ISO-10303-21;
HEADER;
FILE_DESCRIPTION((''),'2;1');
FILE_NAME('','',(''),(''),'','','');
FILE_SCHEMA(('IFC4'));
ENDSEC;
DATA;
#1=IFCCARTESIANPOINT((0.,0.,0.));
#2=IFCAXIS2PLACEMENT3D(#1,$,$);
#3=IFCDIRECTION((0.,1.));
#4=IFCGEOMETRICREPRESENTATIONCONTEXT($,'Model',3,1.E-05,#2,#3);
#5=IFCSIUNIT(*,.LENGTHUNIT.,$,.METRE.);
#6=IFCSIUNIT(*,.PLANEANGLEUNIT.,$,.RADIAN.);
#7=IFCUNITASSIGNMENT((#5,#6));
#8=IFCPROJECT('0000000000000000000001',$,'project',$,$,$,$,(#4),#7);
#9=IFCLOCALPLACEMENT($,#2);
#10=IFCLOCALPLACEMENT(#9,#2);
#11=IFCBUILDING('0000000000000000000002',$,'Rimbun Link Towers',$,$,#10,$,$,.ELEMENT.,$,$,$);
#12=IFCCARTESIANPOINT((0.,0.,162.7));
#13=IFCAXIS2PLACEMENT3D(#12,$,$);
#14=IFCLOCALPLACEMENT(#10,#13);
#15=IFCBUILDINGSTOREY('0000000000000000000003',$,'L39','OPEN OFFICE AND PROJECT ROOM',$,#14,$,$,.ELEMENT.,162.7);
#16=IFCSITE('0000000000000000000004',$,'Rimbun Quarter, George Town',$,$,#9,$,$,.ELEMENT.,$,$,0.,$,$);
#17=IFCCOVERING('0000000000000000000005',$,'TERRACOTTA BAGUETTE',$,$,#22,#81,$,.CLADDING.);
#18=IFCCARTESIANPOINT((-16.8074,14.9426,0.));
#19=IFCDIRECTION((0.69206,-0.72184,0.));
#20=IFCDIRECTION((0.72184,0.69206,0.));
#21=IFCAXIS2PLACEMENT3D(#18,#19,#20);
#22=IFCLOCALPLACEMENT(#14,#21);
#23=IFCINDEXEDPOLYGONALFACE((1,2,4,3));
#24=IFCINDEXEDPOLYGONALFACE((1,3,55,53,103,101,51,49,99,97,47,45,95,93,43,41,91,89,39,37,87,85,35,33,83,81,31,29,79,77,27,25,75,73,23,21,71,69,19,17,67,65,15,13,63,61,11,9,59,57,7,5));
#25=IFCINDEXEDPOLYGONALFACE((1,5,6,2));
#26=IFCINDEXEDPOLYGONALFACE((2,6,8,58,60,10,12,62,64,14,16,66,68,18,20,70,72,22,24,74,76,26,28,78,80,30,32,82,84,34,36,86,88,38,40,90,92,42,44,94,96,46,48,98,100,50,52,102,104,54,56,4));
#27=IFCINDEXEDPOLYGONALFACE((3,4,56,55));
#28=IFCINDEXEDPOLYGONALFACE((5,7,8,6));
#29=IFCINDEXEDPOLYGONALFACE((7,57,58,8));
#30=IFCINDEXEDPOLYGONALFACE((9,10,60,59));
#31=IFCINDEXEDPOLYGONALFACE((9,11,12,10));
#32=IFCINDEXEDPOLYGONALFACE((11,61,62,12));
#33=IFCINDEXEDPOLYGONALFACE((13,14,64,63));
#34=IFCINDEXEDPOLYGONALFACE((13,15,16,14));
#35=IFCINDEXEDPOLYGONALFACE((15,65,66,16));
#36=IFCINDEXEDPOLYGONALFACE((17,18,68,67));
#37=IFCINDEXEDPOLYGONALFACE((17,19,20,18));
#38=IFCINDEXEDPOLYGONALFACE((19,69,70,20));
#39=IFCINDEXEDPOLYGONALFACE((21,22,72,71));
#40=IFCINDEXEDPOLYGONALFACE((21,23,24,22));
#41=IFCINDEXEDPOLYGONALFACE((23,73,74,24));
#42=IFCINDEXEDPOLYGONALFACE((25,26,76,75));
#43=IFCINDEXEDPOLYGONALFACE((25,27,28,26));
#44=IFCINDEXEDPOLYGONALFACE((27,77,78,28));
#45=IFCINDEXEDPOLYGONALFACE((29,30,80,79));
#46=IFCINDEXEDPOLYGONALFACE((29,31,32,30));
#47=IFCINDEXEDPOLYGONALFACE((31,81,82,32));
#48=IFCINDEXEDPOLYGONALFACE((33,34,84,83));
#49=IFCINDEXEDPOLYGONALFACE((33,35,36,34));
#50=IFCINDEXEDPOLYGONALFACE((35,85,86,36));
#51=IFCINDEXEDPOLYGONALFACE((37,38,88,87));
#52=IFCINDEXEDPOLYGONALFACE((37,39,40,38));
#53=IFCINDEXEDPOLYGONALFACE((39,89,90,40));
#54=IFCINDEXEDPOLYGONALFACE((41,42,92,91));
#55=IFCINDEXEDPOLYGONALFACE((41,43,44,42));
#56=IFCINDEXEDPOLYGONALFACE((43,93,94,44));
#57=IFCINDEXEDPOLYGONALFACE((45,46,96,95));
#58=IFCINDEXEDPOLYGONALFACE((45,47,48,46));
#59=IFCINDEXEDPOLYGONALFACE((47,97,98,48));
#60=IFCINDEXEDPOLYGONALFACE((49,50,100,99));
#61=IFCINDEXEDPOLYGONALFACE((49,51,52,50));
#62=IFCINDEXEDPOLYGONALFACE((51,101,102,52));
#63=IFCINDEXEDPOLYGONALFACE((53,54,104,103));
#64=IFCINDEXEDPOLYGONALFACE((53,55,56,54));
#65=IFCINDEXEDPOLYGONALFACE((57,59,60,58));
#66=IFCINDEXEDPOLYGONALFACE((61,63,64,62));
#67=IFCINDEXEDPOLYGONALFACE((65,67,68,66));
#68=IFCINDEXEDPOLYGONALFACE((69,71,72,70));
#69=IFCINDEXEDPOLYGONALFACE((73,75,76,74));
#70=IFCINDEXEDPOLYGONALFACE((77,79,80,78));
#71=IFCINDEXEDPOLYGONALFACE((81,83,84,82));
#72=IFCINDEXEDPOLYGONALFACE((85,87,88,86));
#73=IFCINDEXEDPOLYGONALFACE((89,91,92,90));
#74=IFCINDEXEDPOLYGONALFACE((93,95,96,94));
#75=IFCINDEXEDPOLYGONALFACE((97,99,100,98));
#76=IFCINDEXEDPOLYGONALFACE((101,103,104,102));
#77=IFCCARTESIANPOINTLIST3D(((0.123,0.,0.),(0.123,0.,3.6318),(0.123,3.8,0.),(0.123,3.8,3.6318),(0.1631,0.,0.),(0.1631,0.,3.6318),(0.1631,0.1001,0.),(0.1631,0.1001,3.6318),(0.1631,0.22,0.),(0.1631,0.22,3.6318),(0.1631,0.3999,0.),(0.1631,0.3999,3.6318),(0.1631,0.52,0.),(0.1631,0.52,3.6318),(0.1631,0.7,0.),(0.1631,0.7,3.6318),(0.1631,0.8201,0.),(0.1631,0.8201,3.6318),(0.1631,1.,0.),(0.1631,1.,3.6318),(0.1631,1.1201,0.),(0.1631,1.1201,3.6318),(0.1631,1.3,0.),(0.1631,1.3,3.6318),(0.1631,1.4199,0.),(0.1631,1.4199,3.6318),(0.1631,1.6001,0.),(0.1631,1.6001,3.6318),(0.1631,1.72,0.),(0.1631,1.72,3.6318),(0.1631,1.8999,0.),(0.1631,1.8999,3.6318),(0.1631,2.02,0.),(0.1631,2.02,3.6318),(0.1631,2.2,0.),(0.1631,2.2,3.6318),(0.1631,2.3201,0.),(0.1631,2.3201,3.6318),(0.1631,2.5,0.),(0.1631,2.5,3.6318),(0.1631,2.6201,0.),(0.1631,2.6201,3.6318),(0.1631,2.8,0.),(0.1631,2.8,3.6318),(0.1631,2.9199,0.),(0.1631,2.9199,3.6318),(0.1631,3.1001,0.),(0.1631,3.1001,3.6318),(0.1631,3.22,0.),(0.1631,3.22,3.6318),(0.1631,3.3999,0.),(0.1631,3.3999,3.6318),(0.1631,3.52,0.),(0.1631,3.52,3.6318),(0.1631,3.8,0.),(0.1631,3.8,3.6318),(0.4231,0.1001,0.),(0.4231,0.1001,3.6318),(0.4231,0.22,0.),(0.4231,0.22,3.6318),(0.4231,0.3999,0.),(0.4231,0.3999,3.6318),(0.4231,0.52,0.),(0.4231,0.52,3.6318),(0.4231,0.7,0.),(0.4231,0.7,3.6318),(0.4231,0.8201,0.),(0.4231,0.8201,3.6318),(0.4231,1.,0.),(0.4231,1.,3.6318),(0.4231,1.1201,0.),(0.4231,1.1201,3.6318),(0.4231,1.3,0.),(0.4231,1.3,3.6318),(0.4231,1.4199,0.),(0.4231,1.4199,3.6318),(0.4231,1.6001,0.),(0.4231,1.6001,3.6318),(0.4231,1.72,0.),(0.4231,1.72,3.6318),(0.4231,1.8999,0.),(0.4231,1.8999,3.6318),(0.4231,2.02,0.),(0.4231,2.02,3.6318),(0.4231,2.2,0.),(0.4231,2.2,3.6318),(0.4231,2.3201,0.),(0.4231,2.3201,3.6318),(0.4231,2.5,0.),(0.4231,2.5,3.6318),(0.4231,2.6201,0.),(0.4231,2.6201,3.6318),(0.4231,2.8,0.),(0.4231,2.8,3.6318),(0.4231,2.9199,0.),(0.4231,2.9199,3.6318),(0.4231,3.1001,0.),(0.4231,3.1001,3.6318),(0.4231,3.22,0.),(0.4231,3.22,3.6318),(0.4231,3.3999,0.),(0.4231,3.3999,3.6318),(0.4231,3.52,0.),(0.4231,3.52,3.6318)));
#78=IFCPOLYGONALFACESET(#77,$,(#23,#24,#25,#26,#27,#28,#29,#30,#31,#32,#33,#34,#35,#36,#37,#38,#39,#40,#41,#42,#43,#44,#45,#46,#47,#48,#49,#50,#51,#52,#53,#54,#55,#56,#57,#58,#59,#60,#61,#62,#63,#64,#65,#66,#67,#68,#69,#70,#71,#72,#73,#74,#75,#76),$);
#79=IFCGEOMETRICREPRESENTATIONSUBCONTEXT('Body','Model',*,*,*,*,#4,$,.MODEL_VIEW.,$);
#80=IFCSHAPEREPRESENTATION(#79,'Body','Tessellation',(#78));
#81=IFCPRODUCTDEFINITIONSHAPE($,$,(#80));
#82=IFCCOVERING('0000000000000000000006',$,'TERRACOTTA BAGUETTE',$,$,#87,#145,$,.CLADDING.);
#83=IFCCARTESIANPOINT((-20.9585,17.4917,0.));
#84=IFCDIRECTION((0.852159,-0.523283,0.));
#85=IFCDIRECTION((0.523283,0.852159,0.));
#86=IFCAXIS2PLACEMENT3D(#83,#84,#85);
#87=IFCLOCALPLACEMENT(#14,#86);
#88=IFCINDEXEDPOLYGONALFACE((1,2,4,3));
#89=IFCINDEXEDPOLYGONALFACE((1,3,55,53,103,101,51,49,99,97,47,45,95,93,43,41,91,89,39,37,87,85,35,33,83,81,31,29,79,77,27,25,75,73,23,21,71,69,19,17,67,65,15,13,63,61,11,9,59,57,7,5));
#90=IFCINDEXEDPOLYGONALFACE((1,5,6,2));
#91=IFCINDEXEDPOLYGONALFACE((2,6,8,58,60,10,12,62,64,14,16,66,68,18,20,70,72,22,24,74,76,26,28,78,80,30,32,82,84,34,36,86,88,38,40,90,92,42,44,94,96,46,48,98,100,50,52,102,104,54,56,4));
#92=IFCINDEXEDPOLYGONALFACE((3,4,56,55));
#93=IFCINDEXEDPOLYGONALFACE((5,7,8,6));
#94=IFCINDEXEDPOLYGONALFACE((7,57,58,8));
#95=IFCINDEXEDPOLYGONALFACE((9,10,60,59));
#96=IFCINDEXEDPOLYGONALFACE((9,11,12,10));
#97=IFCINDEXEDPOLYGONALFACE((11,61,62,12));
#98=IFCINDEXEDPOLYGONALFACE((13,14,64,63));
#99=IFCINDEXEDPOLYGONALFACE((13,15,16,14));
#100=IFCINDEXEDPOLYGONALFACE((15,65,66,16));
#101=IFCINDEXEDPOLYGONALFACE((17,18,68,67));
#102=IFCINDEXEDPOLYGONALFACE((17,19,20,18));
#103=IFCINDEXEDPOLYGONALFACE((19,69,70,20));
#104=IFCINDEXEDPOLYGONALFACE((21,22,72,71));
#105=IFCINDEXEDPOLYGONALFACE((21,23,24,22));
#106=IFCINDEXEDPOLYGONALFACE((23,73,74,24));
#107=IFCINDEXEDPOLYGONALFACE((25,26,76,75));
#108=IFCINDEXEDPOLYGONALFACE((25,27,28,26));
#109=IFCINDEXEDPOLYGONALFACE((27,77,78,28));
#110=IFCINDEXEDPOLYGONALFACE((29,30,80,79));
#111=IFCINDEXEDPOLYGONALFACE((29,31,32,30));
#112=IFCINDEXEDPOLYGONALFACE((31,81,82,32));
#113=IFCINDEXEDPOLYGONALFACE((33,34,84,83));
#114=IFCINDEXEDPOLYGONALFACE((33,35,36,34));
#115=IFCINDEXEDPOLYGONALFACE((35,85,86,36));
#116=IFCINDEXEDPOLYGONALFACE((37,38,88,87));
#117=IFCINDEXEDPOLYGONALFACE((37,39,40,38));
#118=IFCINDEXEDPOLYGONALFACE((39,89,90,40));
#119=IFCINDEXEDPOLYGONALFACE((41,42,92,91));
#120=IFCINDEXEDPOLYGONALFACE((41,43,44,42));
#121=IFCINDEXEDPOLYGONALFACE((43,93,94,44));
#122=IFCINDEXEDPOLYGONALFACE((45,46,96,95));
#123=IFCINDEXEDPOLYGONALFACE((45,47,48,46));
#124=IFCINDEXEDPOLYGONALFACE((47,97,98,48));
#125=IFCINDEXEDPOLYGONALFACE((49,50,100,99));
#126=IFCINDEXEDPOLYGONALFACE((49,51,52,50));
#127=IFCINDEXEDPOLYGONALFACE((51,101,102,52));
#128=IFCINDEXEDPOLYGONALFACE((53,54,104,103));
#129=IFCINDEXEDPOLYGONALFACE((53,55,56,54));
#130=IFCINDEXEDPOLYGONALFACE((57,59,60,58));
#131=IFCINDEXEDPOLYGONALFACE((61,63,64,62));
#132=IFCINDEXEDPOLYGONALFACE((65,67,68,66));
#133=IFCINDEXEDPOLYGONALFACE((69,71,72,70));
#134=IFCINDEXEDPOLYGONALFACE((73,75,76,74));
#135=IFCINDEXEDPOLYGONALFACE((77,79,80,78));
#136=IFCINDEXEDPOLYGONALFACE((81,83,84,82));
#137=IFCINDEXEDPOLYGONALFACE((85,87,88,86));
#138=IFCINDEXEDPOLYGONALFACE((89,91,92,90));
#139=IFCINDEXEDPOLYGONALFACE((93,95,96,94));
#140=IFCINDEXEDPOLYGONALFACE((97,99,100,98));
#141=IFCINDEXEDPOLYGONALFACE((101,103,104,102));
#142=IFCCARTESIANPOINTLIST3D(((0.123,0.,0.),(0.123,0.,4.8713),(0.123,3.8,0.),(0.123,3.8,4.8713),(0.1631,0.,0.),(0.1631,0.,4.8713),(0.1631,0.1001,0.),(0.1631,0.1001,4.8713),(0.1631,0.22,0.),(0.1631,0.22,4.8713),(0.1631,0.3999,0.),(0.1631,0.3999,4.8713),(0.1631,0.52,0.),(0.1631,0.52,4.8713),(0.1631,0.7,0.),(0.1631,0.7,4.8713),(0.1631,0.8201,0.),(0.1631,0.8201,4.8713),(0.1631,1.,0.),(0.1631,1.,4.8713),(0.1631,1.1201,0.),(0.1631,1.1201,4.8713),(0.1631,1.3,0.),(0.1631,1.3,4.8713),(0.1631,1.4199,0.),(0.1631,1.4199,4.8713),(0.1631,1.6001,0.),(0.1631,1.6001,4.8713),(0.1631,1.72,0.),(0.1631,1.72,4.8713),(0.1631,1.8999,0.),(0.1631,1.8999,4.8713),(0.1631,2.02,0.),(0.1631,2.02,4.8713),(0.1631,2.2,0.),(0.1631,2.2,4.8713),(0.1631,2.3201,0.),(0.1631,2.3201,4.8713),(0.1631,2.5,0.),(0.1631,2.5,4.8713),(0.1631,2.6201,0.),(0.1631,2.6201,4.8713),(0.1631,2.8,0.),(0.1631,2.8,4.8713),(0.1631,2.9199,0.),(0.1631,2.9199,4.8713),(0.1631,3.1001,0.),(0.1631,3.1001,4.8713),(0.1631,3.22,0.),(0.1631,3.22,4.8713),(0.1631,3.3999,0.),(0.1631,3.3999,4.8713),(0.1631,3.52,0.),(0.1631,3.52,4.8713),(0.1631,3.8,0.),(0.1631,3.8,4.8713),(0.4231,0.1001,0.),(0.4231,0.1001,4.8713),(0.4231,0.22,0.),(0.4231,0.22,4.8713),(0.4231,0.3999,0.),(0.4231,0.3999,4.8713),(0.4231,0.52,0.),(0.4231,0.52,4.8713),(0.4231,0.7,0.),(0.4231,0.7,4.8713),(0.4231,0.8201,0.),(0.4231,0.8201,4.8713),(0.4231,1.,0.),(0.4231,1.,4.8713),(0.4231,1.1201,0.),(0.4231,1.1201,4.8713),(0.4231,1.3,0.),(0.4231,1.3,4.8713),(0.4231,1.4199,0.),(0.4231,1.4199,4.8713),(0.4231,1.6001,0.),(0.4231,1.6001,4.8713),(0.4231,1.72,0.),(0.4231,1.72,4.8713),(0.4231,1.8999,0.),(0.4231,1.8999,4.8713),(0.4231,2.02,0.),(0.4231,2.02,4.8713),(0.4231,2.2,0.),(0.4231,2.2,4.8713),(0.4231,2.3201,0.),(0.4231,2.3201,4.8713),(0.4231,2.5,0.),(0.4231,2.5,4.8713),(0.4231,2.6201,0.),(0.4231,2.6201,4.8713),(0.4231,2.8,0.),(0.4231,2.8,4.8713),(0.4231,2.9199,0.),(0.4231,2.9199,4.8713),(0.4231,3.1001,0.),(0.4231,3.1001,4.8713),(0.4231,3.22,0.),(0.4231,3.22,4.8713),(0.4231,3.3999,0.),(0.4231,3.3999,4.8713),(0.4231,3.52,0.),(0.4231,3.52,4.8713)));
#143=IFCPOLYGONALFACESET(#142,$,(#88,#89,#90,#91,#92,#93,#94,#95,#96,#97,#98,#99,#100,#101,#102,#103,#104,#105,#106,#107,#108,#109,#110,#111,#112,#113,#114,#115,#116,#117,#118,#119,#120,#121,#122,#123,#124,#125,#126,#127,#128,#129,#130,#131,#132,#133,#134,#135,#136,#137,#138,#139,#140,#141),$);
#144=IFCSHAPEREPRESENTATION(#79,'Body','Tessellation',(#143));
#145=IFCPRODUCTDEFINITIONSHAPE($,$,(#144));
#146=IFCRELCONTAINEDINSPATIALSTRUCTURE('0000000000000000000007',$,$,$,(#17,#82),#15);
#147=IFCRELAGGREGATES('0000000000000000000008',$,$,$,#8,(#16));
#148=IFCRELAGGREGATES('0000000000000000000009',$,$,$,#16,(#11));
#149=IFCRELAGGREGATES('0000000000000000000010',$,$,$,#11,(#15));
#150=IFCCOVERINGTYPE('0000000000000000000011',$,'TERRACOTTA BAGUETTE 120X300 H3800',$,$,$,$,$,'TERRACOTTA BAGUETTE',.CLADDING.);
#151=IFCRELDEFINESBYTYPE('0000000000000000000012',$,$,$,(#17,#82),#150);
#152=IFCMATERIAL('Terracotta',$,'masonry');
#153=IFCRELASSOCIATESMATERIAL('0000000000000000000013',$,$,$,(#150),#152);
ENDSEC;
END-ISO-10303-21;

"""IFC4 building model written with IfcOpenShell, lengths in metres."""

from ifc_helpers import new_model, si_unit, direction, frame, origin, place, context, subcontext, project, spatial, polyline, outline, extrude, material, material_profile, profile_set, type_object, element, save


model = new_model("IFC4")

# Units and contexts
model_context = context("Model", 3, precision=1e-05, world=origin(), true_north=direction((0.0, 1.0)))
body_context = subcontext(model_context, "Body", "Model", "MODEL_VIEW")
ifc_project = project(units=[si_unit("LENGTHUNIT", "METRE"), si_unit("PLANEANGLEUNIT", "RADIAN")], contexts=[model_context])

# Site, building, storey
site_placement = place(None, origin())
site = spatial("IfcSite", under=ifc_project, at=site_placement, Name="Rimbun Quarter, George Town", CompositionType="ELEMENT", RefElevation=0.0)
building_placement = place(site_placement, origin())
building = spatial("IfcBuilding", under=site, at=building_placement, Name="Rimbun Link Towers", CompositionType="ELEMENT")
storey_placement = place(building_placement, frame((0.0, 0.0, 162.7)))
storey = spatial("IfcBuildingStorey", under=building, at=storey_placement, Name="L39", Description="OPEN OFFICE AND PROJECT ROOM", CompositionType="ELEMENT", Elevation=162.7)

# Coverings
ifc_material_1 = material(Name="Terracotta", Category="masonry")
ifc_material_profile_1 = material_profile(ifc_material_1, outline(polyline([(0.123, 0.0), (0.1631, 0.0), (0.1631, 0.1001), (0.4231, 0.1001), (0.4231, 0.22), (0.1631, 0.22), (0.1631, 0.3999), (0.4231, 0.3999), (0.4231, 0.52), (0.1631, 0.52), (0.1631, 0.7), (0.4231, 0.7), (0.4231, 0.8201), (0.1631, 0.8201), (0.1631, 1.0), (0.4231, 1.0), (0.4231, 1.1201), (0.1631, 1.1201), (0.1631, 1.3), (0.4231, 1.3), (0.4231, 1.4199), (0.1631, 1.4199), (0.1631, 1.6001), (0.4231, 1.6001), (0.4231, 1.72), (0.1631, 1.72), (0.1631, 1.8999), (0.4231, 1.8999), (0.4231, 2.02), (0.1631, 2.02), (0.1631, 2.2), (0.4231, 2.2), (0.4231, 2.3201), (0.1631, 2.3201), (0.1631, 2.5), (0.4231, 2.5), (0.4231, 2.6201), (0.1631, 2.6201), (0.1631, 2.8), (0.4231, 2.8), (0.4231, 2.9199), (0.1631, 2.9199), (0.1631, 3.1001), (0.4231, 3.1001), (0.4231, 3.22), (0.1631, 3.22), (0.1631, 3.3999), (0.4231, 3.3999), (0.4231, 3.52), (0.1631, 3.52), (0.1631, 3.8), (0.123, 3.8), (0.123, 0.0)])), Name="BAGUETTE 120X300")
ifc_profile_set_1 = profile_set([ifc_material_profile_1], Name="Terracotta")
covering_type = type_object("IfcCoveringType", Name="TERRACOTTA BAGUETTE 120X300 H3800", ElementType="TERRACOTTA BAGUETTE", PredefinedType="CLADDING", material=ifc_profile_set_1)
covering_1_placement = place(storey_placement, frame((-16.8074, 14.9426, 0.0), z_axis=(0.69206, -0.72184, 0.0), x_axis=(0.72184, 0.69206, 0.0)))
element("IfcCovering", 1, at=covering_1_placement, inside=storey, type_object=covering_type, Name="TERRACOTTA BAGUETTE", PredefinedType="CLADDING", context=body_context, shape_type="SweptSolid", body=[
    extrude(outline(polyline([(0.123, 0.0), (0.1631, 0.0), (0.1631, 0.1001), (0.4231, 0.1001), (0.4231, 0.22), (0.1631, 0.22), (0.1631, 0.3999), (0.4231, 0.3999), (0.4231, 0.52), (0.1631, 0.52), (0.1631, 0.7), (0.4231, 0.7), (0.4231, 0.8201), (0.1631, 0.8201), (0.1631, 1.0), (0.4231, 1.0), (0.4231, 1.1201), (0.1631, 1.1201), (0.1631, 1.3), (0.4231, 1.3), (0.4231, 1.4199), (0.1631, 1.4199), (0.1631, 1.6001), (0.4231, 1.6001), (0.4231, 1.72), (0.1631, 1.72), (0.1631, 1.8999), (0.4231, 1.8999), (0.4231, 2.02), (0.1631, 2.02), (0.1631, 2.2), (0.4231, 2.2), (0.4231, 2.3201), (0.1631, 2.3201), (0.1631, 2.5), (0.4231, 2.5), (0.4231, 2.6201), (0.1631, 2.6201), (0.1631, 2.8), (0.4231, 2.8), (0.4231, 2.9199), (0.1631, 2.9199), (0.1631, 3.1001), (0.4231, 3.1001), (0.4231, 3.22), (0.1631, 3.22), (0.1631, 3.3999), (0.4231, 3.3999), (0.4231, 3.52), (0.1631, 3.52), (0.1631, 3.8), (0.123, 3.8), (0.123, 0.0)])), origin(), (0.0, 0.0, 1.0), 3.6318),
])
covering_2_placement = place(storey_placement, frame((-20.9585, 17.4917, 0.0), z_axis=(0.852159, -0.523283, 0.0), x_axis=(0.523283, 0.852159, 0.0)))
element("IfcCovering", 2, at=covering_2_placement, inside=storey, type_object=covering_type, Name="TERRACOTTA BAGUETTE", PredefinedType="CLADDING", context=body_context, shape_type="SweptSolid", body=[
    extrude(outline(polyline([(0.123, 0.0), (0.1631, 0.0), (0.1631, 0.1001), (0.4231, 0.1001), (0.4231, 0.22), (0.1631, 0.22), (0.1631, 0.3999), (0.4231, 0.3999), (0.4231, 0.52), (0.1631, 0.52), (0.1631, 0.7), (0.4231, 0.7), (0.4231, 0.8201), (0.1631, 0.8201), (0.1631, 1.0), (0.4231, 1.0), (0.4231, 1.1201), (0.1631, 1.1201), (0.1631, 1.3), (0.4231, 1.3), (0.4231, 1.4199), (0.1631, 1.4199), (0.1631, 1.6001), (0.4231, 1.6001), (0.4231, 1.72), (0.1631, 1.72), (0.1631, 1.8999), (0.4231, 1.8999), (0.4231, 2.02), (0.1631, 2.02), (0.1631, 2.2), (0.4231, 2.2), (0.4231, 2.3201), (0.1631, 2.3201), (0.1631, 2.5), (0.4231, 2.5), (0.4231, 2.6201), (0.1631, 2.6201), (0.1631, 2.8), (0.4231, 2.8), (0.4231, 2.9199), (0.1631, 2.9199), (0.1631, 3.1001), (0.4231, 3.1001), (0.4231, 3.22), (0.1631, 3.22), (0.1631, 3.3999), (0.4231, 3.3999), (0.4231, 3.52), (0.1631, 3.52), (0.1631, 3.8), (0.123, 3.8), (0.123, 0.0)])), origin(), (0.0, 0.0, 1.0), 4.8713),
])

save(model, "model.ifc")
